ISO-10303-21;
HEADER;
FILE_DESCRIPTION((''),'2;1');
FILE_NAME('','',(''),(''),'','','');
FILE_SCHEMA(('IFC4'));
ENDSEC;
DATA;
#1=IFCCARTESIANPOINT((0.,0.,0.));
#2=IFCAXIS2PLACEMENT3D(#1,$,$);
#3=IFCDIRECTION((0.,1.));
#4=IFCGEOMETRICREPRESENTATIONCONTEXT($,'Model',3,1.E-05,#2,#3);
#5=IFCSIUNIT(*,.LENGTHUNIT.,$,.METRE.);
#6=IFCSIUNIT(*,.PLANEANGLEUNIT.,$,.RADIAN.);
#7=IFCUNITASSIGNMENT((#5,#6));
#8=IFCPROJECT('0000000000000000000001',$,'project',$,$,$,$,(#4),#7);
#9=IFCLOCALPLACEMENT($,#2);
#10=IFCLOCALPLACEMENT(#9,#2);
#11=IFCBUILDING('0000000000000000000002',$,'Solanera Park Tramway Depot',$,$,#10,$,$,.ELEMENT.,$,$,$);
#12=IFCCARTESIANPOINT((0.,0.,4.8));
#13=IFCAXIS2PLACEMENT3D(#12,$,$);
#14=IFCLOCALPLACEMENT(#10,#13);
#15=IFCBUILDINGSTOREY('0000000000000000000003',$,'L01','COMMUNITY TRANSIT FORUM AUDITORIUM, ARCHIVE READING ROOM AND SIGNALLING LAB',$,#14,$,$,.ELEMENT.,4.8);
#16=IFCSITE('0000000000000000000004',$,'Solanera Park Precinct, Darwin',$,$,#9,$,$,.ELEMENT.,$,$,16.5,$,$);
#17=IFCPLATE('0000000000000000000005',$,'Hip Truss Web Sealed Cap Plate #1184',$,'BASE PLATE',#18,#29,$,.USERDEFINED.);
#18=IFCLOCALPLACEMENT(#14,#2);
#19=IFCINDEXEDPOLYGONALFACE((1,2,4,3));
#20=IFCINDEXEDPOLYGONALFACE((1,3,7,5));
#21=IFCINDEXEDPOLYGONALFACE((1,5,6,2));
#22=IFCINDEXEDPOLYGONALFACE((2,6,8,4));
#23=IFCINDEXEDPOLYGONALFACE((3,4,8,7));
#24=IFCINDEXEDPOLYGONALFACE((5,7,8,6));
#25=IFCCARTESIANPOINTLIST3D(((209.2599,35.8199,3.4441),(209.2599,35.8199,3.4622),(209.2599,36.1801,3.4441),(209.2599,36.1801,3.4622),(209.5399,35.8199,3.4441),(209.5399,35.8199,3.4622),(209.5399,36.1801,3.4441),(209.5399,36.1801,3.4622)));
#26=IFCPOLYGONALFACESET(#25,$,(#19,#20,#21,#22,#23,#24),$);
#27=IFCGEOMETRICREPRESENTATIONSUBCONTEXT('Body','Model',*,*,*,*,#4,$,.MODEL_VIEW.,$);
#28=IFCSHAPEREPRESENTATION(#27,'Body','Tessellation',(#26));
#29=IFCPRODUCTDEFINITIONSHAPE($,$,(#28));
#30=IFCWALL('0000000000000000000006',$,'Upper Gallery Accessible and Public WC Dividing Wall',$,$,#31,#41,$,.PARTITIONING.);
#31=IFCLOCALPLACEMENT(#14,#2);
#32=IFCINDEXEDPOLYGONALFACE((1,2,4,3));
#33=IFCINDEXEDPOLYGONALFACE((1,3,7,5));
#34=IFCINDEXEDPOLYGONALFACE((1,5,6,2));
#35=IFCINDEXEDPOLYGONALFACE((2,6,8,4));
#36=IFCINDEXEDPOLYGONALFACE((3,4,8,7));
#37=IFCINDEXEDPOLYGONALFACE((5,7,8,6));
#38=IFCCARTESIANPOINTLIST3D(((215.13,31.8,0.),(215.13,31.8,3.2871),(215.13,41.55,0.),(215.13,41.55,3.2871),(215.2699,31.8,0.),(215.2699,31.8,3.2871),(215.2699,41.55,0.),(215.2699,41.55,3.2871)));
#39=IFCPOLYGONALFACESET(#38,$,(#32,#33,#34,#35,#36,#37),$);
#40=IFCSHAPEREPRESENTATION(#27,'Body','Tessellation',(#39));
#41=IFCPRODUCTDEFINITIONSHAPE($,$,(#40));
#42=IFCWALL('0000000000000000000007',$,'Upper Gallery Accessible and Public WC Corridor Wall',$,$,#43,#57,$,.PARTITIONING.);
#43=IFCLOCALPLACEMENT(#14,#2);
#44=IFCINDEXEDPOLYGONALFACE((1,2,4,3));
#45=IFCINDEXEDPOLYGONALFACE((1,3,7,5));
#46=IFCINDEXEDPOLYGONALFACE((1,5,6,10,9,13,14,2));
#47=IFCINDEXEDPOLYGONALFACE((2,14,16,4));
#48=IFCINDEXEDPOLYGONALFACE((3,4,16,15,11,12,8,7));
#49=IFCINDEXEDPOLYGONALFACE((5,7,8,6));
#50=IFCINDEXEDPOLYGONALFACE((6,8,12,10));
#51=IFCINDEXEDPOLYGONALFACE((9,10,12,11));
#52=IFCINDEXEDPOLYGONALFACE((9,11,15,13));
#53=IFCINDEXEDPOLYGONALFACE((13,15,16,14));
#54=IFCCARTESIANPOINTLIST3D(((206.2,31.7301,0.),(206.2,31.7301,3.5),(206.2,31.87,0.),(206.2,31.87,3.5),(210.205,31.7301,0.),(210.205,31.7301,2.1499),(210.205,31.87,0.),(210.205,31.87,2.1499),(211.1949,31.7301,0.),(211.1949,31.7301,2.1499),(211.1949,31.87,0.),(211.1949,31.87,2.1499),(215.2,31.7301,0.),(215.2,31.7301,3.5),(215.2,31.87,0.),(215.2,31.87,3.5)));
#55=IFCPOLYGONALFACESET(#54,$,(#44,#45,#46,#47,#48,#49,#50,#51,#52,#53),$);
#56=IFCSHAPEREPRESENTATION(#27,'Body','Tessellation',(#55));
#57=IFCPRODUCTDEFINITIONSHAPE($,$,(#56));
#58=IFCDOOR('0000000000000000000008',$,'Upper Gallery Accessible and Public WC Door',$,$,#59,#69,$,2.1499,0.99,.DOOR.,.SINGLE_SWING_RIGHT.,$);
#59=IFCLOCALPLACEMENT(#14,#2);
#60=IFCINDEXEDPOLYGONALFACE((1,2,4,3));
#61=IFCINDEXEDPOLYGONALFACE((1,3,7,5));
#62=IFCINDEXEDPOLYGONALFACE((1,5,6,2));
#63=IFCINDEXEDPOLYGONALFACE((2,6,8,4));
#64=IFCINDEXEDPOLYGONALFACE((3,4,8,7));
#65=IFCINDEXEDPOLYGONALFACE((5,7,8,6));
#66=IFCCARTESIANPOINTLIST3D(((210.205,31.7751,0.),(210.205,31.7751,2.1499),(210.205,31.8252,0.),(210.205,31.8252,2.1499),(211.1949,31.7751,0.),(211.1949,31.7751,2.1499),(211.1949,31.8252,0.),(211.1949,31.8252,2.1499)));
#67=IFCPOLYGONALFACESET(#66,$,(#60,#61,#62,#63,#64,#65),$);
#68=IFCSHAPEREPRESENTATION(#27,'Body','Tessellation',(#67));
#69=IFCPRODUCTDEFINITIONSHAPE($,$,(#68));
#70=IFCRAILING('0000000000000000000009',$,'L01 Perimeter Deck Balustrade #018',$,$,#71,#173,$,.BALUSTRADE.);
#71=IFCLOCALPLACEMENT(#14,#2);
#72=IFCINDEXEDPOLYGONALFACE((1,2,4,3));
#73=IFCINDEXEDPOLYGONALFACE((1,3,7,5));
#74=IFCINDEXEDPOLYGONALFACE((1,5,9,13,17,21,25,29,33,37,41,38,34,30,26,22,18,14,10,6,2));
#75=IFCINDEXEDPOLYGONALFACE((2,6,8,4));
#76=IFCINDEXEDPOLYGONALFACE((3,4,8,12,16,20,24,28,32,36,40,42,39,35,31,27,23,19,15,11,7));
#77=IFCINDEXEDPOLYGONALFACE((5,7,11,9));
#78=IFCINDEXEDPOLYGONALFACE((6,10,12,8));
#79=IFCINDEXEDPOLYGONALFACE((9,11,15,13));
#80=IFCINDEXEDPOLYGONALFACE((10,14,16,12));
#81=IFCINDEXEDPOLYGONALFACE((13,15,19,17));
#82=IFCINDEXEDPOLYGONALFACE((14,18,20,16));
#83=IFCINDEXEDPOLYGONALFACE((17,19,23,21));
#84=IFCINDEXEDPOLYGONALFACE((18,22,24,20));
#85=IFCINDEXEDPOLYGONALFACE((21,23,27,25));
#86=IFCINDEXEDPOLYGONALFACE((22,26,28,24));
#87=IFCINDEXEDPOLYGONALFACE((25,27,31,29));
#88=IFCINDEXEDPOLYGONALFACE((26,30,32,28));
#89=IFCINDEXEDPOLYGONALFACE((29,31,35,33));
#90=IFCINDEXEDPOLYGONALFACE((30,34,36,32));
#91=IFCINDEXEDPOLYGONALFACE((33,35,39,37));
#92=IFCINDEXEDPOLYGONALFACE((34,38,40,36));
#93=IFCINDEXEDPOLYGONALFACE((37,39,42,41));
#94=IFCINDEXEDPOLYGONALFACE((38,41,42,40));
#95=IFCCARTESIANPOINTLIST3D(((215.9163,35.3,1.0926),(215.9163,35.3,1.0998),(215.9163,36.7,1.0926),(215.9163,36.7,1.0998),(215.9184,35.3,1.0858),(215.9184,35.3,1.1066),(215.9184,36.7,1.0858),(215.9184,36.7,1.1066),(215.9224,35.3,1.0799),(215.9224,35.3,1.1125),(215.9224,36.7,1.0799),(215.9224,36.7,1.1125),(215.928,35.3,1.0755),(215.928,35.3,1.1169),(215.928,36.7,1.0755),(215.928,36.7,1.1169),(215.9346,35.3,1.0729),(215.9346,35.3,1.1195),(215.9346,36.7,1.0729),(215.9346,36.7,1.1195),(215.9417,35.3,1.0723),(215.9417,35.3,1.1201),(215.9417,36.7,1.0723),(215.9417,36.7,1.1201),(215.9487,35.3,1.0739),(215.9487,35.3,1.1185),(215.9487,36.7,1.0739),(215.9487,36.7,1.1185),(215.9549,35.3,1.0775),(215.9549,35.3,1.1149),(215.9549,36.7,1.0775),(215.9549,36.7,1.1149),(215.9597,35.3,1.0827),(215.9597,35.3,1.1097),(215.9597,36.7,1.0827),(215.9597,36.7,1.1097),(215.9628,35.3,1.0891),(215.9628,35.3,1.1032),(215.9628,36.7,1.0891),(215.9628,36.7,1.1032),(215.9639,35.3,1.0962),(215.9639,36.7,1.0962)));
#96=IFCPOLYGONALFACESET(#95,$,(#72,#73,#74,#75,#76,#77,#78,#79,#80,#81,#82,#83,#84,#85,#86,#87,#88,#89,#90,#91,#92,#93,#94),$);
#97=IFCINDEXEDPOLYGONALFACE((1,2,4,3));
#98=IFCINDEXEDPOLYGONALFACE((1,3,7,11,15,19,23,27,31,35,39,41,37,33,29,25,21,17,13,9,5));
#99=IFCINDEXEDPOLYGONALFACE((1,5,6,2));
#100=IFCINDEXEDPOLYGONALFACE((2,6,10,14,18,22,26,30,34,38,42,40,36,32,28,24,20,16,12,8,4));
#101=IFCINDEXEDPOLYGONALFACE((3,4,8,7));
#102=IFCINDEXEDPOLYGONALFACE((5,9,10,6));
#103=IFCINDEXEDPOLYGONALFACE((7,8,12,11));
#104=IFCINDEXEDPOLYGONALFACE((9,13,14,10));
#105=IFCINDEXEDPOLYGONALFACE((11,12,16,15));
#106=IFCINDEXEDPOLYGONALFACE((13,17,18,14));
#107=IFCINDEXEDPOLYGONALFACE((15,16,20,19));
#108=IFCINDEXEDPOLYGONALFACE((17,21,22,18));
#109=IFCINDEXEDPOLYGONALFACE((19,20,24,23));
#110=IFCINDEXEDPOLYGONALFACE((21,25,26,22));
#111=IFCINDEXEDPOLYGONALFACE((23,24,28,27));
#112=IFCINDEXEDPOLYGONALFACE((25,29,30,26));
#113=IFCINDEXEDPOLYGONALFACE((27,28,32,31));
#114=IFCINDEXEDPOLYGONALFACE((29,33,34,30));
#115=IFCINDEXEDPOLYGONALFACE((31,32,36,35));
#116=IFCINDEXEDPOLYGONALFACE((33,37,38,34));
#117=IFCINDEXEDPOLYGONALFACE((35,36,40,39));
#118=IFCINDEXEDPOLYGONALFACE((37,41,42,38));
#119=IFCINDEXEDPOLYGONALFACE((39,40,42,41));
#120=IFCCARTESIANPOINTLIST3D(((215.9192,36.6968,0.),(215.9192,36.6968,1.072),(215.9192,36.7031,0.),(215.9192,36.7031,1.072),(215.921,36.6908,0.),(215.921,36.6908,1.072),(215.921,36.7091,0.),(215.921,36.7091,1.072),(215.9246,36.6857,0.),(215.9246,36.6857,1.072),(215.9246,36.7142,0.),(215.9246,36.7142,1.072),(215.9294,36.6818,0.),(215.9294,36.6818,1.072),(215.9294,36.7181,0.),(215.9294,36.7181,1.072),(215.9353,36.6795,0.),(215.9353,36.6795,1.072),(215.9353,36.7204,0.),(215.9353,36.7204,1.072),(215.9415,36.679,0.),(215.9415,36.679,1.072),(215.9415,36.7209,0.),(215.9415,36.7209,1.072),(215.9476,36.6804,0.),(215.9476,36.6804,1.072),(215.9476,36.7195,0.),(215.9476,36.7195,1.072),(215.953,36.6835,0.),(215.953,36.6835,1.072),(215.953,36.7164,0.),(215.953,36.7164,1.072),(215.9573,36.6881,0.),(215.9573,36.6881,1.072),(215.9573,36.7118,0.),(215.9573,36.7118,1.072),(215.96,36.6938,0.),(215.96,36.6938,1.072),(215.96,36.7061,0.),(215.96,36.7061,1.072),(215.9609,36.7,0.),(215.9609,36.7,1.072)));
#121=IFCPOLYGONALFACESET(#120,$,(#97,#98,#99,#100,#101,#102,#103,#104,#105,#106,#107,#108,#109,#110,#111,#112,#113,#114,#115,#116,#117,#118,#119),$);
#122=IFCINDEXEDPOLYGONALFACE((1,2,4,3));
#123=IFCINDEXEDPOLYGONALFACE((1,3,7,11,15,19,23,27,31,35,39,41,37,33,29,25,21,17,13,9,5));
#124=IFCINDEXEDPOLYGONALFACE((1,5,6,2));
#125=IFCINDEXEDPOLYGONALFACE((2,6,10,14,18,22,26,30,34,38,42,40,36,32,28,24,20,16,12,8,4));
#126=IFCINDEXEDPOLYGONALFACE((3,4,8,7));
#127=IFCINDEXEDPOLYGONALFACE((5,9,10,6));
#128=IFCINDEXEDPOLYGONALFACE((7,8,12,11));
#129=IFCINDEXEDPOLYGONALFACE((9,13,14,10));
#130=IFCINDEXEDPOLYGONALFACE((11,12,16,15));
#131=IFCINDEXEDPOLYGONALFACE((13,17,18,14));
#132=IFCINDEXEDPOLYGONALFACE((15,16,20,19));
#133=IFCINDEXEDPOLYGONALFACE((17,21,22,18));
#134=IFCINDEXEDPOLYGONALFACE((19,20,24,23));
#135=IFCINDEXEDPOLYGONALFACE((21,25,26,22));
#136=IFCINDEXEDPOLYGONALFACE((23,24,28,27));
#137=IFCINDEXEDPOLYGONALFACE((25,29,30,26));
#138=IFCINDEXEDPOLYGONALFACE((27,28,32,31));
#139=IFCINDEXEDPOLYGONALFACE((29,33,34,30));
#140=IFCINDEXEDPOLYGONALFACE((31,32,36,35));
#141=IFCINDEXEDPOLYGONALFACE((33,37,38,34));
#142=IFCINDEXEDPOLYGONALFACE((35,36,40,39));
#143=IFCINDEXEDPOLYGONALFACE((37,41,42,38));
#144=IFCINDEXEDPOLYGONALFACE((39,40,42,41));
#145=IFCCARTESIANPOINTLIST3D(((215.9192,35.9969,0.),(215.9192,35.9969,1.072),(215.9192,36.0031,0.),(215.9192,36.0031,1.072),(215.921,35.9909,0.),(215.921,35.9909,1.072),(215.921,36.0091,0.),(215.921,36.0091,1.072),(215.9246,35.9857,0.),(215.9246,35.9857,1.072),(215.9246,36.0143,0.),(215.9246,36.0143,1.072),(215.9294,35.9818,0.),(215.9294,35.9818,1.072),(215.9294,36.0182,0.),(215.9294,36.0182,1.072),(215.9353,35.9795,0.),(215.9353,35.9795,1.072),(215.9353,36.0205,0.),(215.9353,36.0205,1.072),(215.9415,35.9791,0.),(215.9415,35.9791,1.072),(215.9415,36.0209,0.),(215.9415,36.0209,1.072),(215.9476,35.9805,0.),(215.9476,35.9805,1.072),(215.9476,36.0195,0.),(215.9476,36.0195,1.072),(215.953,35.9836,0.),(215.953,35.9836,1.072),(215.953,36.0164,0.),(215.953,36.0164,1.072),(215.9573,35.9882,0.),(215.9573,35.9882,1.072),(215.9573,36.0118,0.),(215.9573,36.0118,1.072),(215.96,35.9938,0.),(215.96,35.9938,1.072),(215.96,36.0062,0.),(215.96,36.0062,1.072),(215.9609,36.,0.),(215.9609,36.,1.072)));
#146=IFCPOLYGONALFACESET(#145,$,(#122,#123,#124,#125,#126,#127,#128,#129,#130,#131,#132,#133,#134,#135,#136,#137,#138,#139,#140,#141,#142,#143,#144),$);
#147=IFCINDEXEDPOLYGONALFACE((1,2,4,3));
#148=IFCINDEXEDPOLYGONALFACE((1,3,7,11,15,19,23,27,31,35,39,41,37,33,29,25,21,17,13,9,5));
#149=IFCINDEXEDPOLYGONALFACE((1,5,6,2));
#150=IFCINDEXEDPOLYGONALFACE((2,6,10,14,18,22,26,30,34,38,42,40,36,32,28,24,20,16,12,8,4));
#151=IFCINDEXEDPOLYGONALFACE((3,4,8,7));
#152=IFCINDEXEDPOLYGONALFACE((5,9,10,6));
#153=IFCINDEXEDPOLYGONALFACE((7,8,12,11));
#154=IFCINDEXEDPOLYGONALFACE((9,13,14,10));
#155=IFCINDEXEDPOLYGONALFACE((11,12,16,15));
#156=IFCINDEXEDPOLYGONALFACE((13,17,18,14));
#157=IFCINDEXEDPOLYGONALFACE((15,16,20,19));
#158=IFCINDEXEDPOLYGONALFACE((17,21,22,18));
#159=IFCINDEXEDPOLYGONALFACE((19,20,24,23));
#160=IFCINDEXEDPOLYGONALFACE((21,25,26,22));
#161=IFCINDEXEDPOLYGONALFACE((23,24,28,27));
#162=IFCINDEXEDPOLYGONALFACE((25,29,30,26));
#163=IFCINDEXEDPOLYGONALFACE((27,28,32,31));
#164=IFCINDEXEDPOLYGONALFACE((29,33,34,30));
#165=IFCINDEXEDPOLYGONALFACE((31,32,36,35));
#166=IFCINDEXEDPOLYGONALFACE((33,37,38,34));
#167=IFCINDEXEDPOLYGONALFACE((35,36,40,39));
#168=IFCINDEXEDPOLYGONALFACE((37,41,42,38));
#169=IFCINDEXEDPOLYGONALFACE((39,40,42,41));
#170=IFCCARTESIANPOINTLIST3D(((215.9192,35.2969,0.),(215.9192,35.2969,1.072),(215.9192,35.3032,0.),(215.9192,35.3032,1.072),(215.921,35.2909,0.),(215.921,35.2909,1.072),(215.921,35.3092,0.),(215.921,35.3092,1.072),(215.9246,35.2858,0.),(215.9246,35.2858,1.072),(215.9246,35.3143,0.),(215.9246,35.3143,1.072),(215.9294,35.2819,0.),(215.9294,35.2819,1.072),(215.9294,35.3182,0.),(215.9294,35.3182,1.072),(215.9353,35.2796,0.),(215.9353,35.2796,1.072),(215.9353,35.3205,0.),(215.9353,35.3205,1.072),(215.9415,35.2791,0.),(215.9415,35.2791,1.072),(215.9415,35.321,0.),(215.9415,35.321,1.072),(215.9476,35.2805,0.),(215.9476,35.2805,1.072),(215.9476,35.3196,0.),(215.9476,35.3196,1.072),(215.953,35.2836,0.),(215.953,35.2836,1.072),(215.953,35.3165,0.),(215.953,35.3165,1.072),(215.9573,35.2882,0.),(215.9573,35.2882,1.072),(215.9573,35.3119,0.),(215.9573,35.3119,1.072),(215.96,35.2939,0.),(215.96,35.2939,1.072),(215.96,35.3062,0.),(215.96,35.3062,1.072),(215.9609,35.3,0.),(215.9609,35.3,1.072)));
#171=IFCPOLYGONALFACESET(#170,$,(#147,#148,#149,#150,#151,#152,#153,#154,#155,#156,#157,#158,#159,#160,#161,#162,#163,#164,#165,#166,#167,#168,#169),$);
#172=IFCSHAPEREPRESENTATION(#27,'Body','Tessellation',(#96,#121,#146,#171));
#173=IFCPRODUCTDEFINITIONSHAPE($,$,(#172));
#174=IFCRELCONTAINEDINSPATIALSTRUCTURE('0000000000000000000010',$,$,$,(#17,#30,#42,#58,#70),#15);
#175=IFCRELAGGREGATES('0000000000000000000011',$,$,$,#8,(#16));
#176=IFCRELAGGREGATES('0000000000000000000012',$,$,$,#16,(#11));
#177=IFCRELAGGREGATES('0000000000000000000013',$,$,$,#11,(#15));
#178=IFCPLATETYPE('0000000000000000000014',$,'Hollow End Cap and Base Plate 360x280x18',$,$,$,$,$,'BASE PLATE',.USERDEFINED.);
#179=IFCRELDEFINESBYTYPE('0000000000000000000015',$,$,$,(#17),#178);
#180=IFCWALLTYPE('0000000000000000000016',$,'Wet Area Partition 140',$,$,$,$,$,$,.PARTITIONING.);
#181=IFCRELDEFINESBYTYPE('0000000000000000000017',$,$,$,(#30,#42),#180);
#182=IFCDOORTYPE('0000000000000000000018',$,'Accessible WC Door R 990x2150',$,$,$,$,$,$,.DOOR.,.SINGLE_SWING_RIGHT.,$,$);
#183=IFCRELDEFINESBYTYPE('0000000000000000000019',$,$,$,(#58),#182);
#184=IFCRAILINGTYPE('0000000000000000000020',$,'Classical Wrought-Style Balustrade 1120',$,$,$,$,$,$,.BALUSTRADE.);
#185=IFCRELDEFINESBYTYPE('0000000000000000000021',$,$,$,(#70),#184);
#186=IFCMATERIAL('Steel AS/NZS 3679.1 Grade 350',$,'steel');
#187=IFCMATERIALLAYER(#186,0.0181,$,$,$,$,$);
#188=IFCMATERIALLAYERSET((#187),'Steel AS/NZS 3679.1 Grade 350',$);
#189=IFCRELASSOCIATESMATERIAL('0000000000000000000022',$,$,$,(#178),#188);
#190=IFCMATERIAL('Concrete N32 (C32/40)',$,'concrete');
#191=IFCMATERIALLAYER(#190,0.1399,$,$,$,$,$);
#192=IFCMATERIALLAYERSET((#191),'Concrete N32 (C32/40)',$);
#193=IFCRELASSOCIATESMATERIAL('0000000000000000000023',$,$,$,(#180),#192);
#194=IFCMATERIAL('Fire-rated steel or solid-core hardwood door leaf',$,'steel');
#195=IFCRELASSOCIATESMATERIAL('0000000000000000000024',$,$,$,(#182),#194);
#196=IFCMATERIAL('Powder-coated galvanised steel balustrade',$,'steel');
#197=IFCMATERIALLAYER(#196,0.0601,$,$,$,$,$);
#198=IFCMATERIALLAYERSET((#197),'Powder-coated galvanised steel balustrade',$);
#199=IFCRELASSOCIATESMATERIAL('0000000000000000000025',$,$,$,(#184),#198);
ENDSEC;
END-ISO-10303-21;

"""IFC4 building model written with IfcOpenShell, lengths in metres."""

from ifc_helpers import new_model, si_unit, direction, frame, frame_2d, origin, origin_2d, place, context, subcontext, project, spatial, rectangle, circle, extrude, material, layer, layer_set, type_object, element, fill, save


model = new_model("IFC4")

# Units and contexts
model_context = context("Model", 3, precision=1e-05, world=origin(), true_north=direction((0.0, 1.0)))
body_context = subcontext(model_context, "Body", "Model", "MODEL_VIEW")
ifc_project = project(units=[si_unit("LENGTHUNIT", "METRE"), si_unit("PLANEANGLEUNIT", "RADIAN")], contexts=[model_context])

# Site, building, storey
site_placement = place(None, origin())
site = spatial("IfcSite", under=ifc_project, at=site_placement, Name="Solanera Park Precinct, Darwin", CompositionType="ELEMENT", RefElevation=16.5)
building_placement = place(site_placement, origin())
building = spatial("IfcBuilding", under=site, at=building_placement, Name="Solanera Park Tramway Depot", CompositionType="ELEMENT")
storey_placement = place(building_placement, frame((0.0, 0.0, 4.8)))
storey = spatial("IfcBuildingStorey", under=building, at=storey_placement, Name="L01", Description="COMMUNITY TRANSIT FORUM AUDITORIUM, ARCHIVE READING ROOM AND SIGNALLING LAB", CompositionType="ELEMENT", Elevation=4.8)

# Plate
ifc_material_1 = material(Name="Steel AS/NZS 3679.1 Grade 350", Category="steel")
ifc_layer_1 = layer(ifc_material_1, 0.0181)
ifc_layer_set_1 = layer_set([ifc_layer_1], Name="Steel AS/NZS 3679.1 Grade 350")
plate_type_1 = type_object("IfcPlateType", Name="Hollow End Cap and Base Plate 360x280x18", ElementType="BASE PLATE", PredefinedType="USERDEFINED", material=ifc_layer_set_1)
plate_1_placement = place(storey_placement, frame((209.3999, 36.0, 3.4441), z_axis=(0.0, 0.0, 1.0), x_axis=(1.0, 0.0, 0.0)))
element("IfcPlate", 1, at=plate_1_placement, inside=storey, type_object=plate_type_1, Name="Hip Truss Web Sealed Cap Plate #1184", ObjectType="BASE PLATE", PredefinedType="USERDEFINED", context=body_context, shape_type="SweptSolid", body=[
    extrude(rectangle(XDim=0.28, YDim=0.3601, at=origin_2d()), origin(), (0.0, 0.0, 1.0), 0.0181),
])

# Wall
ifc_material_2 = material(Name="Concrete N32 (C32/40)", Category="concrete")
ifc_layer_2 = layer(ifc_material_2, 0.1399)
ifc_layer_set_2 = layer_set([ifc_layer_2], Name="Concrete N32 (C32/40)")
wall_type = type_object("IfcWallType", Name="Wet Area Partition 140", PredefinedType="PARTITIONING", material=ifc_layer_set_2)
wall_1_placement = place(storey_placement, frame((215.2, 31.8, 0.0), z_axis=(0.0, 0.0, 1.0), x_axis=(0.0, 1.0, 0.0)))
element("IfcWall", 2, at=wall_1_placement, inside=storey, type_object=wall_type, Name="Upper Gallery Accessible and Public WC Dividing Wall", PredefinedType="PARTITIONING", context=body_context, shape_type="SweptSolid", body=[
    extrude(rectangle(XDim=9.75, YDim=0.1399, at=frame_2d((4.875, 0.0))), origin(), (0.0, 0.0, 1.0), 3.2871),
])

# Wall, opening, door
wall_2_placement = place(storey_placement, frame((215.2, 31.8, 0.0), z_axis=(0.0, 0.0, 1.0), x_axis=(-1.0, 0.0, 0.0)))
wall_2 = element("IfcWall", 3, at=wall_2_placement, inside=storey, type_object=wall_type, Name="Upper Gallery Accessible and Public WC Corridor Wall", PredefinedType="PARTITIONING", context=body_context, shape_type="SweptSolid", body=[
    extrude(rectangle(XDim=9.0, YDim=0.1399, at=frame_2d((4.5, 0.0))), origin(), (0.0, 0.0, 1.0), 3.5),
])
opening_placement = place(wall_2_placement, frame((4.0049, 0.0, 0.0)))
opening = element("IfcOpeningElement", 4, at=opening_placement, cuts=wall_2, PredefinedType="OPENING", context=body_context, shape_type="SweptSolid", body=[
    extrude(rectangle(XDim=0.99, YDim=2.1499, at=frame_2d((0.4951, 1.075))), frame((0.0, 0.0801, 0.0), z_axis=(0.0, -1.0, 0.0), x_axis=(1.0, 0.0, 0.0)), (0.0, 0.0, 1.0), 0.1599),
])
ifc_material_3 = material(Name="Fire-rated steel or solid-core hardwood door leaf", Category="steel")
door_type = type_object("IfcDoorType", Name="Accessible WC Door R 990x2150", OperationType="SINGLE_SWING_RIGHT", PredefinedType="DOOR", material=ifc_material_3)
door_placement = place(opening_placement, origin())
door = element("IfcDoor", 5, at=door_placement, inside=storey, type_object=door_type, Name="Upper Gallery Accessible and Public WC Door", OperationType="SINGLE_SWING_RIGHT", OverallHeight=2.1499, OverallWidth=0.99, PredefinedType="DOOR", context=body_context, shape_type="SweptSolid", body=[
    extrude(rectangle(XDim=0.99, YDim=2.1499, at=frame_2d((0.4951, 1.075))), frame((0.0, 0.0249, 0.0), z_axis=(0.0, -1.0, 0.0), x_axis=(1.0, 0.0, 0.0)), (0.0, 0.0, 1.0), 0.05),
])
fill(opening, door)

# Railing
ifc_material_4 = material(Name="Powder-coated galvanised steel balustrade", Category="steel")
ifc_layer_3 = layer(ifc_material_4, 0.0601)
ifc_layer_set_3 = layer_set([ifc_layer_3], Name="Powder-coated galvanised steel balustrade")
railing_type = type_object("IfcRailingType", Name="Classical Wrought-Style Balustrade 1120", PredefinedType="BALUSTRADE", material=ifc_layer_set_3)
railing_placement = place(storey_placement, frame((215.9399, 36.7, 0.0)))
element("IfcRailing", 6, at=railing_placement, inside=storey, type_object=railing_type, Name="L01 Perimeter Deck Balustrade #018", PredefinedType="BALUSTRADE", context=body_context, shape_type="SweptSolid", body=[
    extrude(circle(Radius=0.0239, at=origin_2d()), frame((0.0, 0.0, 1.0962), z_axis=(0.0, -1.0, 0.0), x_axis=(1.0, 0.0, 0.0)), (0.0, 0.0, 1.0), 1.3999),
    extrude(circle(Radius=0.021, at=origin_2d()), origin(), (0.0, 0.0, 1.0), 1.072),
    extrude(circle(Radius=0.021, at=origin_2d()), frame((0.0, -0.7, 0.0)), (0.0, 0.0, 1.0), 1.072),
    extrude(circle(Radius=0.021, at=origin_2d()), frame((0.0, -1.3999, 0.0)), (0.0, 0.0, 1.0), 1.072),
])

save(model, "model.ifc")
